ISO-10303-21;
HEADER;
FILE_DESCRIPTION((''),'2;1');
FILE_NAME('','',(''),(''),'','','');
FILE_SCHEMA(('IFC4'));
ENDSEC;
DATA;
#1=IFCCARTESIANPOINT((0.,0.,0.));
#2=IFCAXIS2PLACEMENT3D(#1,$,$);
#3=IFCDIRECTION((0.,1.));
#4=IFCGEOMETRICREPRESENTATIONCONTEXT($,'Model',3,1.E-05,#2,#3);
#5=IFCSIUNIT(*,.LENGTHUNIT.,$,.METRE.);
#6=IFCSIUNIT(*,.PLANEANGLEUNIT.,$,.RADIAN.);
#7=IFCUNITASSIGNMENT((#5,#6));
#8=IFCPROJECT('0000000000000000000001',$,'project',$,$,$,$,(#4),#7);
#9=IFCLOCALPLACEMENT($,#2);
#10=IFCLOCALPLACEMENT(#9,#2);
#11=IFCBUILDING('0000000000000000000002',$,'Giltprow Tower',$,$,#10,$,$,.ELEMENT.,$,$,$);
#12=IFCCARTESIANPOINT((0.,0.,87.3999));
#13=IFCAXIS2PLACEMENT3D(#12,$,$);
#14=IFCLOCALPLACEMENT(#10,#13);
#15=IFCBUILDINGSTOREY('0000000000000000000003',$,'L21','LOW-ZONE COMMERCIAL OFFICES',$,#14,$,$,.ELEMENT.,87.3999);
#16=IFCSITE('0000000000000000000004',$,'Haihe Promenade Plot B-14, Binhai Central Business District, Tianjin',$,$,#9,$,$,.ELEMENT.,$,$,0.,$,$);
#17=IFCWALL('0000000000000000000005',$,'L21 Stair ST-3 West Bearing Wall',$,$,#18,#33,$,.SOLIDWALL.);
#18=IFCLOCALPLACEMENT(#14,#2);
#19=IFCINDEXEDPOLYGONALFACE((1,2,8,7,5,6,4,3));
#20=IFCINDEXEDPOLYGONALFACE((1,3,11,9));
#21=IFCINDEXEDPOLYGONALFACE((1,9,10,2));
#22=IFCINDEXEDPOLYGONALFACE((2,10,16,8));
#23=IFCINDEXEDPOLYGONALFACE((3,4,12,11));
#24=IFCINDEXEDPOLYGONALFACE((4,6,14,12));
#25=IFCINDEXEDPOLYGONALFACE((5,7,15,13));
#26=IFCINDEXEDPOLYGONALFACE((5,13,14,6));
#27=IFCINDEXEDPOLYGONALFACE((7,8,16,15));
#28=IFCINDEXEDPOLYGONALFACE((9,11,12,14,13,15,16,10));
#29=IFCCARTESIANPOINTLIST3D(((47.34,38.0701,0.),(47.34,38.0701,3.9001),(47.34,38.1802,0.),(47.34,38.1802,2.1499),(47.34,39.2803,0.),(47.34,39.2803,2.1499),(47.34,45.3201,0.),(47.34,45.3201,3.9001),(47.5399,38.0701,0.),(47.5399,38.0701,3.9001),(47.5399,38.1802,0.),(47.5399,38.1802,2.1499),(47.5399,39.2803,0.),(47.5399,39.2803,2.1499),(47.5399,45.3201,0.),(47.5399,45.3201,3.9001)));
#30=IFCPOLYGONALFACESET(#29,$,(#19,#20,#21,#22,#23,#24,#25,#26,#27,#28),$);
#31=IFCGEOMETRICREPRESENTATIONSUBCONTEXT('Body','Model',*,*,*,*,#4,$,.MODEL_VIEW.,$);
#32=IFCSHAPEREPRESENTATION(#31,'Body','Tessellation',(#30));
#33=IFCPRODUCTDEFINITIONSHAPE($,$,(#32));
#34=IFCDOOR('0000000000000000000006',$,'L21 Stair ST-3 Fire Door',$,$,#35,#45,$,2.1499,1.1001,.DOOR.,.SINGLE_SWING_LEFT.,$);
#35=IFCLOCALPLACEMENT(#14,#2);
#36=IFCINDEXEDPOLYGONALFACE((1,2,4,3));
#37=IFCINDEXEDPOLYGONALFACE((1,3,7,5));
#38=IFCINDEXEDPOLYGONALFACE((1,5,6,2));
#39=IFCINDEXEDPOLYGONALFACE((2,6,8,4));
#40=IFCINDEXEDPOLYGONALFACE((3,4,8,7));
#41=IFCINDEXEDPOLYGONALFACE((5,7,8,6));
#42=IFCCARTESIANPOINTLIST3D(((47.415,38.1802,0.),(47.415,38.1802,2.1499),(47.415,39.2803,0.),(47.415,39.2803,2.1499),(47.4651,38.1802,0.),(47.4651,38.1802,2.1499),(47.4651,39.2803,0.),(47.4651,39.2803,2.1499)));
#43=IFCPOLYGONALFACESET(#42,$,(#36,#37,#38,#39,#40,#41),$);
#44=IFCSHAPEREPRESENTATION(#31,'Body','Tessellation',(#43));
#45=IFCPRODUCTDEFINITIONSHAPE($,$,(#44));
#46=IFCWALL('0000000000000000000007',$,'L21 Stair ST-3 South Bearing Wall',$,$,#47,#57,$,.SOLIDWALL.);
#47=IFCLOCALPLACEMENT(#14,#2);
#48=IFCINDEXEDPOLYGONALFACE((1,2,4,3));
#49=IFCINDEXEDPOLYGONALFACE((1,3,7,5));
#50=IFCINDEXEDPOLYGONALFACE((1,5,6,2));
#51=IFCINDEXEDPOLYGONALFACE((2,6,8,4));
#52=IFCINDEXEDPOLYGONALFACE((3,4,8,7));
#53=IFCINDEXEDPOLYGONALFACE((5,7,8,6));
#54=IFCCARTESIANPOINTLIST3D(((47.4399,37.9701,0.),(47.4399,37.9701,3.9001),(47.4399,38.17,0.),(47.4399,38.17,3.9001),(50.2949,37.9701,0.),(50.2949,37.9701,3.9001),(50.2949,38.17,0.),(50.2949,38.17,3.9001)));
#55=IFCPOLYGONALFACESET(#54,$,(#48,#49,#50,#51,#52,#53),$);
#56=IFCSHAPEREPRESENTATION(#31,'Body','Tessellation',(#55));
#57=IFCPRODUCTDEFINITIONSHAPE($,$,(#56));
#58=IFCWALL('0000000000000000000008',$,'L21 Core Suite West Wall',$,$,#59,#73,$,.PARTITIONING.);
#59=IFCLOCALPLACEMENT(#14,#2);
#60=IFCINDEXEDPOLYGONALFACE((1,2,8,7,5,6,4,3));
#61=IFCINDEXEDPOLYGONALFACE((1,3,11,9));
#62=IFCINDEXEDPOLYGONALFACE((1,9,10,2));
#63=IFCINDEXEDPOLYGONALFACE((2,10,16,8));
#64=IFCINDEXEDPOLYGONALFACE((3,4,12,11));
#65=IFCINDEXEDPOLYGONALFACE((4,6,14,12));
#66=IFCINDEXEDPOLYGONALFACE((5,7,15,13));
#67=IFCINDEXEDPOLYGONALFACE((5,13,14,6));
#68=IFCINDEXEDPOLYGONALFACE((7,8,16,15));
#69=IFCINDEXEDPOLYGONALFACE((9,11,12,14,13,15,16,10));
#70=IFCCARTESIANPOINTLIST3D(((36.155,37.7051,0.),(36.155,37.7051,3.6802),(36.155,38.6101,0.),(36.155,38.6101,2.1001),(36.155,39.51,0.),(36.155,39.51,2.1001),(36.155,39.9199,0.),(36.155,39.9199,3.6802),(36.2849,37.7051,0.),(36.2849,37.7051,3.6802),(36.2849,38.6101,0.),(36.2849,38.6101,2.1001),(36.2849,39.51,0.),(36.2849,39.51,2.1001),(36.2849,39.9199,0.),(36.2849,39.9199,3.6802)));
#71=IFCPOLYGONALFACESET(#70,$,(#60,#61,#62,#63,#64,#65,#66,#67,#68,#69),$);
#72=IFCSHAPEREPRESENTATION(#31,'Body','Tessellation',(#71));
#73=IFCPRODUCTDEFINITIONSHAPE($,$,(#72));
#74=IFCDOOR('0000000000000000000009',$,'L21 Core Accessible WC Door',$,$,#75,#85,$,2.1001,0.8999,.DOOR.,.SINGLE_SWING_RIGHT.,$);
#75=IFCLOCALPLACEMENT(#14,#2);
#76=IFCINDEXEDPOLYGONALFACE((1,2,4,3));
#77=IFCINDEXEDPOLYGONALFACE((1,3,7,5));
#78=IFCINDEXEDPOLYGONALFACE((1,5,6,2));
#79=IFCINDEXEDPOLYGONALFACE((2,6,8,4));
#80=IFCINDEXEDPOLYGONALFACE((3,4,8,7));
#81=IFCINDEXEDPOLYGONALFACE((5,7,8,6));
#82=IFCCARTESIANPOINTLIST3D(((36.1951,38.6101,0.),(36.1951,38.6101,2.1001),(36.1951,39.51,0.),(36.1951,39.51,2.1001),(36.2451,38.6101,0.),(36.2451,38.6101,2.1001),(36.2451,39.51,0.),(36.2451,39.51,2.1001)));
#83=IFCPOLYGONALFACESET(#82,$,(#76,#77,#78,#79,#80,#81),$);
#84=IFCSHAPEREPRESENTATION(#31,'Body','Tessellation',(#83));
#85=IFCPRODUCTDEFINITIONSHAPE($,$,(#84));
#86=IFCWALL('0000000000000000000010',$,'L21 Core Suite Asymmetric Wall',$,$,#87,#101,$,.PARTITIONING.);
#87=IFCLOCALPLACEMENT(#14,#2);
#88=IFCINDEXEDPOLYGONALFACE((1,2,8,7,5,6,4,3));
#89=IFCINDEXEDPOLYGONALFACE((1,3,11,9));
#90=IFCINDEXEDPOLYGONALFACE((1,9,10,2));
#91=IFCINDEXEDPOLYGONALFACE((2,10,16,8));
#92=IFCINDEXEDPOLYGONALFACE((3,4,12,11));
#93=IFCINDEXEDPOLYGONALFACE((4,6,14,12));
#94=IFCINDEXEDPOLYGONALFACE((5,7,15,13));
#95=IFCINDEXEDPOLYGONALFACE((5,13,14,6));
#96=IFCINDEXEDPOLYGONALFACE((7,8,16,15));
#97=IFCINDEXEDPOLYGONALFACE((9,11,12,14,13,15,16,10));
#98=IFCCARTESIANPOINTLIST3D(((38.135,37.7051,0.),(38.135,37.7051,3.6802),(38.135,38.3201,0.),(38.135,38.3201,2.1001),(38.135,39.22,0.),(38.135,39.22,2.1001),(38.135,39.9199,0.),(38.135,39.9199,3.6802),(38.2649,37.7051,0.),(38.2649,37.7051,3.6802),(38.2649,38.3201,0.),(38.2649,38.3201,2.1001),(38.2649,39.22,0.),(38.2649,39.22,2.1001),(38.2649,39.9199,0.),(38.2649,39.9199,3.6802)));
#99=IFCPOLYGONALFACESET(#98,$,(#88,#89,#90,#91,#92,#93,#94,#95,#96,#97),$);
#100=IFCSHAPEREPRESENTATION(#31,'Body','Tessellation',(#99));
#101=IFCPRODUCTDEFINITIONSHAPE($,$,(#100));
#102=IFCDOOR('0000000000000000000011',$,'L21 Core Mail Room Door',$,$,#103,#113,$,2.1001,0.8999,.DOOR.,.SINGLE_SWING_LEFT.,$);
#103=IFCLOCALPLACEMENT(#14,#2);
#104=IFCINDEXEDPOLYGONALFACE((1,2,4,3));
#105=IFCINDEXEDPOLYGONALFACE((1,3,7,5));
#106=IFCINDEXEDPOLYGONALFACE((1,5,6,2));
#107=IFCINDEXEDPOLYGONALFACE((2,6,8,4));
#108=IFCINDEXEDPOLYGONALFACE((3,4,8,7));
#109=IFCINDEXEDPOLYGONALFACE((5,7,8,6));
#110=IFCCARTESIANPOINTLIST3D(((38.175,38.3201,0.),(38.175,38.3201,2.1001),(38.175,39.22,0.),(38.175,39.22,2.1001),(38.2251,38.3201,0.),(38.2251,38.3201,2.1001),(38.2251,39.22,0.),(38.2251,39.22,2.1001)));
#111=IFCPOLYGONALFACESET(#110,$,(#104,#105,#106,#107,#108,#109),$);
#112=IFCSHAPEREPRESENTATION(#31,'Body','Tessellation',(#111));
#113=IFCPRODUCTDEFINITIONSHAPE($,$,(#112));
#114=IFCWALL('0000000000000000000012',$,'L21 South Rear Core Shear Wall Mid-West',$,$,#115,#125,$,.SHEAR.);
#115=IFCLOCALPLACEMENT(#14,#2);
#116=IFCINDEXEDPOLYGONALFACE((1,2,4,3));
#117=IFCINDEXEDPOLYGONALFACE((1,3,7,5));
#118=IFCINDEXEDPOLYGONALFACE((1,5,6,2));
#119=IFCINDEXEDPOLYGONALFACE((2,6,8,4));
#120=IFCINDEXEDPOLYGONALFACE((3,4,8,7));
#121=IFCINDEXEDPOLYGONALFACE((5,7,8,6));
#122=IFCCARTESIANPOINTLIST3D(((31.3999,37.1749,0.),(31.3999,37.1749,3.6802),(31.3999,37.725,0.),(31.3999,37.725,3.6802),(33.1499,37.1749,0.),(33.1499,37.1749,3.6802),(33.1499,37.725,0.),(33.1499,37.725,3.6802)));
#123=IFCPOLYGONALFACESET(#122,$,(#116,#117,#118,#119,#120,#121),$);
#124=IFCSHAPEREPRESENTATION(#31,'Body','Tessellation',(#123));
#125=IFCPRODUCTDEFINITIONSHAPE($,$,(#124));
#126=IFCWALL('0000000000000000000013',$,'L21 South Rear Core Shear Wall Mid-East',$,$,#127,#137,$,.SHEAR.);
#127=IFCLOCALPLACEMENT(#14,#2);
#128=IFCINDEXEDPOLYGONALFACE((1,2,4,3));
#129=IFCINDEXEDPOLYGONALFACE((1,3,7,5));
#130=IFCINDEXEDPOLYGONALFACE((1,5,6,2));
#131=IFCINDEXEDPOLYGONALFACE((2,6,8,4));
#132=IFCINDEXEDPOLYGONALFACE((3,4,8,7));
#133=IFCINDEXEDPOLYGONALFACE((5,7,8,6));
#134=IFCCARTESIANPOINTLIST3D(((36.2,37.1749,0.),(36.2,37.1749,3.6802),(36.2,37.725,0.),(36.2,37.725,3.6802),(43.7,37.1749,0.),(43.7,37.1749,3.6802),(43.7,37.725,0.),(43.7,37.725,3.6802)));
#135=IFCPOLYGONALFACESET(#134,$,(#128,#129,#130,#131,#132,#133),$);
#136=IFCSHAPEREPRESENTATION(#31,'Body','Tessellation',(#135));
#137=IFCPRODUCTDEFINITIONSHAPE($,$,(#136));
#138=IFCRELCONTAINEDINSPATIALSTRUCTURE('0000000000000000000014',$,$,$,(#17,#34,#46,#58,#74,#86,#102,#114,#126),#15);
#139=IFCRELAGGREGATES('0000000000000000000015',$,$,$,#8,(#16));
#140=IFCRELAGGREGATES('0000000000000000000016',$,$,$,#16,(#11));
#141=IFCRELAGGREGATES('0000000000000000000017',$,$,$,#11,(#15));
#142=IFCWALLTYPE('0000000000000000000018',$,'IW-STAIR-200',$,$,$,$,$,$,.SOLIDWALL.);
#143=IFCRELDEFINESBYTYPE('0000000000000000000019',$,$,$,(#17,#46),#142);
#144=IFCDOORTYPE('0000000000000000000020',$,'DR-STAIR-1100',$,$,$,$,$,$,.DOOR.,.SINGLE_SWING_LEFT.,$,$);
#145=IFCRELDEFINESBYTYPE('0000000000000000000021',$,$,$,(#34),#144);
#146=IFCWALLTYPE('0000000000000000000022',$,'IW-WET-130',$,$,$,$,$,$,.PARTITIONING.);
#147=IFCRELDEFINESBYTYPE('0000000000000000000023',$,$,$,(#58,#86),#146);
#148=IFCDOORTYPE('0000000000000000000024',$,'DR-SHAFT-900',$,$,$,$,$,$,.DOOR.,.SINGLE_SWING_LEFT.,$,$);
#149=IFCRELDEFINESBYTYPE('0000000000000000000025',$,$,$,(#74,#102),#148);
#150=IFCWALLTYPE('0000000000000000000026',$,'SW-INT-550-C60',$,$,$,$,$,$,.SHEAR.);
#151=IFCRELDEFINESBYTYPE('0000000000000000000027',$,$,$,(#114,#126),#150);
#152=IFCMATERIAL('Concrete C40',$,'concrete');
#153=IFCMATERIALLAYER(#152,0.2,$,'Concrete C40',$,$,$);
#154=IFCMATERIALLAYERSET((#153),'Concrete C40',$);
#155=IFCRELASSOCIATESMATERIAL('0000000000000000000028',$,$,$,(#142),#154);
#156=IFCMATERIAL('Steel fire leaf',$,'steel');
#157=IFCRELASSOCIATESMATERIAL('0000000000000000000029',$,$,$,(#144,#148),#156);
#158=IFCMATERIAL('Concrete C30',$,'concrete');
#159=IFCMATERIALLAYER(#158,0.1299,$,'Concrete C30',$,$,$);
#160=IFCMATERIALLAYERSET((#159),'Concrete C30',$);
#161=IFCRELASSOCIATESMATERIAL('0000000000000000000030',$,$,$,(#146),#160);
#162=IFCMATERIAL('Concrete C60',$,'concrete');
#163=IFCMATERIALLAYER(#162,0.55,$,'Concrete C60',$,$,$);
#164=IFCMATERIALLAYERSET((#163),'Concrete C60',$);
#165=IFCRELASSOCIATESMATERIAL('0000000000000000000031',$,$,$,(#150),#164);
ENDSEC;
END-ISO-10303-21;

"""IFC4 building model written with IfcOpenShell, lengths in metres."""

from ifc_helpers import new_model, si_unit, direction, frame, frame_2d, origin, place, context, subcontext, project, spatial, rectangle, extrude, source, transform, mapped, material, layer, layer_set, type_object, element, fill, save


model = new_model("IFC4")

# Units and contexts
model_context = context("Model", 3, precision=1e-05, world=origin(), true_north=direction((0.0, 1.0)))
body_context = subcontext(model_context, "Body", "Model", "MODEL_VIEW")
ifc_project = project(units=[si_unit("LENGTHUNIT", "METRE"), si_unit("PLANEANGLEUNIT", "RADIAN")], contexts=[model_context])

# Site, building, storey
site_placement = place(None, origin())
site = spatial("IfcSite", under=ifc_project, at=site_placement, Name="Haihe Promenade Plot B-14, Binhai Central Business District, Tianjin", CompositionType="ELEMENT", RefElevation=0.0)
building_placement = place(site_placement, origin())
building = spatial("IfcBuilding", under=site, at=building_placement, Name="Giltprow Tower", CompositionType="ELEMENT")
storey_placement = place(building_placement, frame((0.0, 0.0, 87.3999)))
storey = spatial("IfcBuildingStorey", under=building, at=storey_placement, Name="L21", Description="LOW-ZONE COMMERCIAL OFFICES", CompositionType="ELEMENT", Elevation=87.3999)

# Shared definitions
ifc_material_1 = material(Name="Concrete C60", Category="concrete")

# Shared definitions
ifc_material_2 = material(Name="Concrete C40", Category="concrete")

# Wall, opening, door
ifc_layer_1 = layer(ifc_material_2, 0.2, Name="Concrete C40")
ifc_layer_set_1 = layer_set([ifc_layer_1], Name="Concrete C40")
wall_type_1 = type_object("IfcWallType", Name="IW-STAIR-200", PredefinedType="SOLIDWALL", material=ifc_layer_set_1)
wall_1_placement = place(storey_placement, frame((47.4399, 38.0701, 0.0), z_axis=(0.0, 0.0, 1.0), x_axis=(0.0, 1.0, 0.0)))
wall_1 = element("IfcWall", 1, at=wall_1_placement, inside=storey, type_object=wall_type_1, Name="L21 Stair ST-3 West Bearing Wall", PredefinedType="SOLIDWALL", context=body_context, shape_type="SweptSolid", body=[
    extrude(rectangle(XDim=7.25, YDim=0.2, at=frame_2d((3.625, 0.0))), origin(), (0.0, 0.0, 1.0), 3.9001),
])
opening_1_placement = place(wall_1_placement, frame((0.1101, 0.0, 0.0)))
opening_1 = element("IfcOpeningElement", 2, at=opening_1_placement, cuts=wall_1, PredefinedType="OPENING", context=body_context, shape_type="SweptSolid", body=[
    extrude(rectangle(XDim=1.1001, YDim=2.1499, at=frame_2d((0.55, 1.075))), frame((0.0, 0.1099, 0.0), z_axis=(0.0, -1.0, 0.0), x_axis=(1.0, 0.0, 0.0)), (0.0, 0.0, 1.0), 0.22),
])
ifc_material_3 = material(Name="Steel fire leaf", Category="steel")
door_type_1 = type_object("IfcDoorType", Name="DR-STAIR-1100", OperationType="SINGLE_SWING_LEFT", PredefinedType="DOOR", material=ifc_material_3)
shared_shape_1 = source(origin(), body_context, "Body", "SweptSolid", [
    extrude(rectangle(XDim=1.1001, YDim=2.1499, at=frame_2d((0.55, 1.075))), frame((0.0, 0.0249, 0.0), z_axis=(0.0, -1.0, 0.0), x_axis=(1.0, 0.0, 0.0)), (0.0, 0.0, 1.0), 0.05),
])
door_1_placement = place(opening_1_placement, origin())
door_1 = element("IfcDoor", 3, at=door_1_placement, inside=storey, type_object=door_type_1, Name="L21 Stair ST-3 Fire Door", OperationType="SINGLE_SWING_LEFT", OverallHeight=2.1499, OverallWidth=1.1001, PredefinedType="DOOR", context=body_context, shape_type="MappedRepresentation", body=[
    mapped(shared_shape_1, transform((0.0, 0.0, 0.0), x_axis=(1.0, 0.0, 0.0), y_axis=(0.0, 1.0, 0.0), z_axis=(0.0, 0.0, 1.0), scale=1.0)),
])
fill(opening_1, door_1)

# Wall
wall_2_placement = place(storey_placement, frame((47.4399, 38.0701, 0.0), z_axis=(0.0, 0.0, 1.0), x_axis=(1.0, 0.0, 0.0)))
element("IfcWall", 4, at=wall_2_placement, inside=storey, type_object=wall_type_1, Name="L21 Stair ST-3 South Bearing Wall", PredefinedType="SOLIDWALL", context=body_context, shape_type="SweptSolid", body=[
    extrude(rectangle(XDim=2.855, YDim=0.2, at=frame_2d((1.4275, 0.0))), origin(), (0.0, 0.0, 1.0), 3.9001),
])

# Walls, openings, doors
ifc_material_4 = material(Name="Concrete C30", Category="concrete")
ifc_layer_2 = layer(ifc_material_4, 0.1299, Name="Concrete C30")
ifc_layer_set_2 = layer_set([ifc_layer_2], Name="Concrete C30")
wall_type_2 = type_object("IfcWallType", Name="IW-WET-130", PredefinedType="PARTITIONING", material=ifc_layer_set_2)
wall_3_placement = place(storey_placement, frame((36.22, 37.7051, 0.0), z_axis=(0.0, 0.0, 1.0), x_axis=(0.0, 1.0, 0.0)))
wall_3 = element("IfcWall", 5, at=wall_3_placement, inside=storey, type_object=wall_type_2, Name="L21 Core Suite West Wall", PredefinedType="PARTITIONING", context=body_context, shape_type="SweptSolid", body=[
    extrude(rectangle(XDim=2.2148, YDim=0.1299, at=frame_2d((1.1074, 0.0))), origin(), (0.0, 0.0, 1.0), 3.6802),
])
opening_2_placement = place(wall_3_placement, frame((0.905, 0.0, 0.0)))
opening_2 = element("IfcOpeningElement", 6, at=opening_2_placement, cuts=wall_3, PredefinedType="OPENING", context=body_context, shape_type="SweptSolid", body=[
    extrude(rectangle(XDim=0.8999, YDim=2.1001, at=frame_2d((0.45, 1.05))), frame((0.0, 0.075, 0.0), z_axis=(0.0, -1.0, 0.0), x_axis=(1.0, 0.0, 0.0)), (0.0, 0.0, 1.0), 0.1499),
])
door_type_2 = type_object("IfcDoorType", Name="DR-SHAFT-900", OperationType="SINGLE_SWING_LEFT", PredefinedType="DOOR", material=ifc_material_3)
shared_shape_2 = source(origin(), body_context, "Body", "SweptSolid", [
    extrude(rectangle(XDim=0.8999, YDim=2.1001, at=frame_2d((0.45, 1.05))), frame((0.0, 0.0249, 0.0), z_axis=(0.0, -1.0, 0.0), x_axis=(1.0, 0.0, 0.0)), (0.0, 0.0, 1.0), 0.05),
])
door_2_placement = place(opening_2_placement, origin())
door_2 = element("IfcDoor", 7, at=door_2_placement, inside=storey, type_object=door_type_2, Name="L21 Core Accessible WC Door", OperationType="SINGLE_SWING_RIGHT", OverallHeight=2.1001, OverallWidth=0.8999, PredefinedType="DOOR", context=body_context, shape_type="MappedRepresentation", body=[
    mapped(shared_shape_2, transform((0.0, 0.0, 0.0), x_axis=(1.0, 0.0, 0.0), y_axis=(0.0, 1.0, 0.0), z_axis=(0.0, 0.0, 1.0), scale=1.0)),
])
fill(opening_2, door_2)
wall_4_placement = place(storey_placement, frame((38.2, 37.7051, 0.0), z_axis=(0.0, 0.0, 1.0), x_axis=(0.0, 1.0, 0.0)))
wall_4 = element("IfcWall", 8, at=wall_4_placement, inside=storey, type_object=wall_type_2, Name="L21 Core Suite Asymmetric Wall", PredefinedType="PARTITIONING", context=body_context, shape_type="SweptSolid", body=[
    extrude(rectangle(XDim=2.2148, YDim=0.1299, at=frame_2d((1.1074, 0.0))), origin(), (0.0, 0.0, 1.0), 3.6802),
])
opening_3_placement = place(wall_4_placement, frame((0.615, 0.0, 0.0)))
opening_3 = element("IfcOpeningElement", 9, at=opening_3_placement, cuts=wall_4, PredefinedType="OPENING", context=body_context, shape_type="SweptSolid", body=[
    extrude(rectangle(XDim=0.8999, YDim=2.1001, at=frame_2d((0.45, 1.05))), frame((0.0, 0.075, 0.0), z_axis=(0.0, -1.0, 0.0), x_axis=(1.0, 0.0, 0.0)), (0.0, 0.0, 1.0), 0.1499),
])
door_3_placement = place(opening_3_placement, origin())
door_3 = element("IfcDoor", 10, at=door_3_placement, inside=storey, type_object=door_type_2, Name="L21 Core Mail Room Door", OperationType="SINGLE_SWING_LEFT", OverallHeight=2.1001, OverallWidth=0.8999, PredefinedType="DOOR", context=body_context, shape_type="MappedRepresentation", body=[
    mapped(shared_shape_2, transform((0.0, 0.0, 0.0), x_axis=(1.0, 0.0, 0.0), y_axis=(0.0, 1.0, 0.0), z_axis=(0.0, 0.0, 1.0), scale=1.0)),
])
fill(opening_3, door_3)

# Walls
ifc_layer_3 = layer(ifc_material_1, 0.55, Name="Concrete C60")
ifc_layer_set_3 = layer_set([ifc_layer_3], Name="Concrete C60")
wall_type_3 = type_object("IfcWallType", Name="SW-INT-550-C60", PredefinedType="SHEAR", material=ifc_layer_set_3)
wall_5_placement = place(storey_placement, frame((31.3999, 37.45, 0.0), z_axis=(0.0, 0.0, 1.0), x_axis=(1.0, 0.0, 0.0)))
element("IfcWall", 11, at=wall_5_placement, inside=storey, type_object=wall_type_3, Name="L21 South Rear Core Shear Wall Mid-West", PredefinedType="SHEAR", context=body_context, shape_type="SweptSolid", body=[
    extrude(rectangle(XDim=1.75, YDim=0.55, at=frame_2d((0.875, 0.0))), origin(), (0.0, 0.0, 1.0), 3.6802),
])
wall_6_placement = place(storey_placement, frame((36.2, 37.45, 0.0), z_axis=(0.0, 0.0, 1.0), x_axis=(1.0, 0.0, 0.0)))
element("IfcWall", 12, at=wall_6_placement, inside=storey, type_object=wall_type_3, Name="L21 South Rear Core Shear Wall Mid-East", PredefinedType="SHEAR", context=body_context, shape_type="SweptSolid", body=[
    extrude(rectangle(XDim=7.5, YDim=0.55, at=frame_2d((3.75, 0.0))), origin(), (0.0, 0.0, 1.0), 3.6802),
])

save(model, "model.ifc")
